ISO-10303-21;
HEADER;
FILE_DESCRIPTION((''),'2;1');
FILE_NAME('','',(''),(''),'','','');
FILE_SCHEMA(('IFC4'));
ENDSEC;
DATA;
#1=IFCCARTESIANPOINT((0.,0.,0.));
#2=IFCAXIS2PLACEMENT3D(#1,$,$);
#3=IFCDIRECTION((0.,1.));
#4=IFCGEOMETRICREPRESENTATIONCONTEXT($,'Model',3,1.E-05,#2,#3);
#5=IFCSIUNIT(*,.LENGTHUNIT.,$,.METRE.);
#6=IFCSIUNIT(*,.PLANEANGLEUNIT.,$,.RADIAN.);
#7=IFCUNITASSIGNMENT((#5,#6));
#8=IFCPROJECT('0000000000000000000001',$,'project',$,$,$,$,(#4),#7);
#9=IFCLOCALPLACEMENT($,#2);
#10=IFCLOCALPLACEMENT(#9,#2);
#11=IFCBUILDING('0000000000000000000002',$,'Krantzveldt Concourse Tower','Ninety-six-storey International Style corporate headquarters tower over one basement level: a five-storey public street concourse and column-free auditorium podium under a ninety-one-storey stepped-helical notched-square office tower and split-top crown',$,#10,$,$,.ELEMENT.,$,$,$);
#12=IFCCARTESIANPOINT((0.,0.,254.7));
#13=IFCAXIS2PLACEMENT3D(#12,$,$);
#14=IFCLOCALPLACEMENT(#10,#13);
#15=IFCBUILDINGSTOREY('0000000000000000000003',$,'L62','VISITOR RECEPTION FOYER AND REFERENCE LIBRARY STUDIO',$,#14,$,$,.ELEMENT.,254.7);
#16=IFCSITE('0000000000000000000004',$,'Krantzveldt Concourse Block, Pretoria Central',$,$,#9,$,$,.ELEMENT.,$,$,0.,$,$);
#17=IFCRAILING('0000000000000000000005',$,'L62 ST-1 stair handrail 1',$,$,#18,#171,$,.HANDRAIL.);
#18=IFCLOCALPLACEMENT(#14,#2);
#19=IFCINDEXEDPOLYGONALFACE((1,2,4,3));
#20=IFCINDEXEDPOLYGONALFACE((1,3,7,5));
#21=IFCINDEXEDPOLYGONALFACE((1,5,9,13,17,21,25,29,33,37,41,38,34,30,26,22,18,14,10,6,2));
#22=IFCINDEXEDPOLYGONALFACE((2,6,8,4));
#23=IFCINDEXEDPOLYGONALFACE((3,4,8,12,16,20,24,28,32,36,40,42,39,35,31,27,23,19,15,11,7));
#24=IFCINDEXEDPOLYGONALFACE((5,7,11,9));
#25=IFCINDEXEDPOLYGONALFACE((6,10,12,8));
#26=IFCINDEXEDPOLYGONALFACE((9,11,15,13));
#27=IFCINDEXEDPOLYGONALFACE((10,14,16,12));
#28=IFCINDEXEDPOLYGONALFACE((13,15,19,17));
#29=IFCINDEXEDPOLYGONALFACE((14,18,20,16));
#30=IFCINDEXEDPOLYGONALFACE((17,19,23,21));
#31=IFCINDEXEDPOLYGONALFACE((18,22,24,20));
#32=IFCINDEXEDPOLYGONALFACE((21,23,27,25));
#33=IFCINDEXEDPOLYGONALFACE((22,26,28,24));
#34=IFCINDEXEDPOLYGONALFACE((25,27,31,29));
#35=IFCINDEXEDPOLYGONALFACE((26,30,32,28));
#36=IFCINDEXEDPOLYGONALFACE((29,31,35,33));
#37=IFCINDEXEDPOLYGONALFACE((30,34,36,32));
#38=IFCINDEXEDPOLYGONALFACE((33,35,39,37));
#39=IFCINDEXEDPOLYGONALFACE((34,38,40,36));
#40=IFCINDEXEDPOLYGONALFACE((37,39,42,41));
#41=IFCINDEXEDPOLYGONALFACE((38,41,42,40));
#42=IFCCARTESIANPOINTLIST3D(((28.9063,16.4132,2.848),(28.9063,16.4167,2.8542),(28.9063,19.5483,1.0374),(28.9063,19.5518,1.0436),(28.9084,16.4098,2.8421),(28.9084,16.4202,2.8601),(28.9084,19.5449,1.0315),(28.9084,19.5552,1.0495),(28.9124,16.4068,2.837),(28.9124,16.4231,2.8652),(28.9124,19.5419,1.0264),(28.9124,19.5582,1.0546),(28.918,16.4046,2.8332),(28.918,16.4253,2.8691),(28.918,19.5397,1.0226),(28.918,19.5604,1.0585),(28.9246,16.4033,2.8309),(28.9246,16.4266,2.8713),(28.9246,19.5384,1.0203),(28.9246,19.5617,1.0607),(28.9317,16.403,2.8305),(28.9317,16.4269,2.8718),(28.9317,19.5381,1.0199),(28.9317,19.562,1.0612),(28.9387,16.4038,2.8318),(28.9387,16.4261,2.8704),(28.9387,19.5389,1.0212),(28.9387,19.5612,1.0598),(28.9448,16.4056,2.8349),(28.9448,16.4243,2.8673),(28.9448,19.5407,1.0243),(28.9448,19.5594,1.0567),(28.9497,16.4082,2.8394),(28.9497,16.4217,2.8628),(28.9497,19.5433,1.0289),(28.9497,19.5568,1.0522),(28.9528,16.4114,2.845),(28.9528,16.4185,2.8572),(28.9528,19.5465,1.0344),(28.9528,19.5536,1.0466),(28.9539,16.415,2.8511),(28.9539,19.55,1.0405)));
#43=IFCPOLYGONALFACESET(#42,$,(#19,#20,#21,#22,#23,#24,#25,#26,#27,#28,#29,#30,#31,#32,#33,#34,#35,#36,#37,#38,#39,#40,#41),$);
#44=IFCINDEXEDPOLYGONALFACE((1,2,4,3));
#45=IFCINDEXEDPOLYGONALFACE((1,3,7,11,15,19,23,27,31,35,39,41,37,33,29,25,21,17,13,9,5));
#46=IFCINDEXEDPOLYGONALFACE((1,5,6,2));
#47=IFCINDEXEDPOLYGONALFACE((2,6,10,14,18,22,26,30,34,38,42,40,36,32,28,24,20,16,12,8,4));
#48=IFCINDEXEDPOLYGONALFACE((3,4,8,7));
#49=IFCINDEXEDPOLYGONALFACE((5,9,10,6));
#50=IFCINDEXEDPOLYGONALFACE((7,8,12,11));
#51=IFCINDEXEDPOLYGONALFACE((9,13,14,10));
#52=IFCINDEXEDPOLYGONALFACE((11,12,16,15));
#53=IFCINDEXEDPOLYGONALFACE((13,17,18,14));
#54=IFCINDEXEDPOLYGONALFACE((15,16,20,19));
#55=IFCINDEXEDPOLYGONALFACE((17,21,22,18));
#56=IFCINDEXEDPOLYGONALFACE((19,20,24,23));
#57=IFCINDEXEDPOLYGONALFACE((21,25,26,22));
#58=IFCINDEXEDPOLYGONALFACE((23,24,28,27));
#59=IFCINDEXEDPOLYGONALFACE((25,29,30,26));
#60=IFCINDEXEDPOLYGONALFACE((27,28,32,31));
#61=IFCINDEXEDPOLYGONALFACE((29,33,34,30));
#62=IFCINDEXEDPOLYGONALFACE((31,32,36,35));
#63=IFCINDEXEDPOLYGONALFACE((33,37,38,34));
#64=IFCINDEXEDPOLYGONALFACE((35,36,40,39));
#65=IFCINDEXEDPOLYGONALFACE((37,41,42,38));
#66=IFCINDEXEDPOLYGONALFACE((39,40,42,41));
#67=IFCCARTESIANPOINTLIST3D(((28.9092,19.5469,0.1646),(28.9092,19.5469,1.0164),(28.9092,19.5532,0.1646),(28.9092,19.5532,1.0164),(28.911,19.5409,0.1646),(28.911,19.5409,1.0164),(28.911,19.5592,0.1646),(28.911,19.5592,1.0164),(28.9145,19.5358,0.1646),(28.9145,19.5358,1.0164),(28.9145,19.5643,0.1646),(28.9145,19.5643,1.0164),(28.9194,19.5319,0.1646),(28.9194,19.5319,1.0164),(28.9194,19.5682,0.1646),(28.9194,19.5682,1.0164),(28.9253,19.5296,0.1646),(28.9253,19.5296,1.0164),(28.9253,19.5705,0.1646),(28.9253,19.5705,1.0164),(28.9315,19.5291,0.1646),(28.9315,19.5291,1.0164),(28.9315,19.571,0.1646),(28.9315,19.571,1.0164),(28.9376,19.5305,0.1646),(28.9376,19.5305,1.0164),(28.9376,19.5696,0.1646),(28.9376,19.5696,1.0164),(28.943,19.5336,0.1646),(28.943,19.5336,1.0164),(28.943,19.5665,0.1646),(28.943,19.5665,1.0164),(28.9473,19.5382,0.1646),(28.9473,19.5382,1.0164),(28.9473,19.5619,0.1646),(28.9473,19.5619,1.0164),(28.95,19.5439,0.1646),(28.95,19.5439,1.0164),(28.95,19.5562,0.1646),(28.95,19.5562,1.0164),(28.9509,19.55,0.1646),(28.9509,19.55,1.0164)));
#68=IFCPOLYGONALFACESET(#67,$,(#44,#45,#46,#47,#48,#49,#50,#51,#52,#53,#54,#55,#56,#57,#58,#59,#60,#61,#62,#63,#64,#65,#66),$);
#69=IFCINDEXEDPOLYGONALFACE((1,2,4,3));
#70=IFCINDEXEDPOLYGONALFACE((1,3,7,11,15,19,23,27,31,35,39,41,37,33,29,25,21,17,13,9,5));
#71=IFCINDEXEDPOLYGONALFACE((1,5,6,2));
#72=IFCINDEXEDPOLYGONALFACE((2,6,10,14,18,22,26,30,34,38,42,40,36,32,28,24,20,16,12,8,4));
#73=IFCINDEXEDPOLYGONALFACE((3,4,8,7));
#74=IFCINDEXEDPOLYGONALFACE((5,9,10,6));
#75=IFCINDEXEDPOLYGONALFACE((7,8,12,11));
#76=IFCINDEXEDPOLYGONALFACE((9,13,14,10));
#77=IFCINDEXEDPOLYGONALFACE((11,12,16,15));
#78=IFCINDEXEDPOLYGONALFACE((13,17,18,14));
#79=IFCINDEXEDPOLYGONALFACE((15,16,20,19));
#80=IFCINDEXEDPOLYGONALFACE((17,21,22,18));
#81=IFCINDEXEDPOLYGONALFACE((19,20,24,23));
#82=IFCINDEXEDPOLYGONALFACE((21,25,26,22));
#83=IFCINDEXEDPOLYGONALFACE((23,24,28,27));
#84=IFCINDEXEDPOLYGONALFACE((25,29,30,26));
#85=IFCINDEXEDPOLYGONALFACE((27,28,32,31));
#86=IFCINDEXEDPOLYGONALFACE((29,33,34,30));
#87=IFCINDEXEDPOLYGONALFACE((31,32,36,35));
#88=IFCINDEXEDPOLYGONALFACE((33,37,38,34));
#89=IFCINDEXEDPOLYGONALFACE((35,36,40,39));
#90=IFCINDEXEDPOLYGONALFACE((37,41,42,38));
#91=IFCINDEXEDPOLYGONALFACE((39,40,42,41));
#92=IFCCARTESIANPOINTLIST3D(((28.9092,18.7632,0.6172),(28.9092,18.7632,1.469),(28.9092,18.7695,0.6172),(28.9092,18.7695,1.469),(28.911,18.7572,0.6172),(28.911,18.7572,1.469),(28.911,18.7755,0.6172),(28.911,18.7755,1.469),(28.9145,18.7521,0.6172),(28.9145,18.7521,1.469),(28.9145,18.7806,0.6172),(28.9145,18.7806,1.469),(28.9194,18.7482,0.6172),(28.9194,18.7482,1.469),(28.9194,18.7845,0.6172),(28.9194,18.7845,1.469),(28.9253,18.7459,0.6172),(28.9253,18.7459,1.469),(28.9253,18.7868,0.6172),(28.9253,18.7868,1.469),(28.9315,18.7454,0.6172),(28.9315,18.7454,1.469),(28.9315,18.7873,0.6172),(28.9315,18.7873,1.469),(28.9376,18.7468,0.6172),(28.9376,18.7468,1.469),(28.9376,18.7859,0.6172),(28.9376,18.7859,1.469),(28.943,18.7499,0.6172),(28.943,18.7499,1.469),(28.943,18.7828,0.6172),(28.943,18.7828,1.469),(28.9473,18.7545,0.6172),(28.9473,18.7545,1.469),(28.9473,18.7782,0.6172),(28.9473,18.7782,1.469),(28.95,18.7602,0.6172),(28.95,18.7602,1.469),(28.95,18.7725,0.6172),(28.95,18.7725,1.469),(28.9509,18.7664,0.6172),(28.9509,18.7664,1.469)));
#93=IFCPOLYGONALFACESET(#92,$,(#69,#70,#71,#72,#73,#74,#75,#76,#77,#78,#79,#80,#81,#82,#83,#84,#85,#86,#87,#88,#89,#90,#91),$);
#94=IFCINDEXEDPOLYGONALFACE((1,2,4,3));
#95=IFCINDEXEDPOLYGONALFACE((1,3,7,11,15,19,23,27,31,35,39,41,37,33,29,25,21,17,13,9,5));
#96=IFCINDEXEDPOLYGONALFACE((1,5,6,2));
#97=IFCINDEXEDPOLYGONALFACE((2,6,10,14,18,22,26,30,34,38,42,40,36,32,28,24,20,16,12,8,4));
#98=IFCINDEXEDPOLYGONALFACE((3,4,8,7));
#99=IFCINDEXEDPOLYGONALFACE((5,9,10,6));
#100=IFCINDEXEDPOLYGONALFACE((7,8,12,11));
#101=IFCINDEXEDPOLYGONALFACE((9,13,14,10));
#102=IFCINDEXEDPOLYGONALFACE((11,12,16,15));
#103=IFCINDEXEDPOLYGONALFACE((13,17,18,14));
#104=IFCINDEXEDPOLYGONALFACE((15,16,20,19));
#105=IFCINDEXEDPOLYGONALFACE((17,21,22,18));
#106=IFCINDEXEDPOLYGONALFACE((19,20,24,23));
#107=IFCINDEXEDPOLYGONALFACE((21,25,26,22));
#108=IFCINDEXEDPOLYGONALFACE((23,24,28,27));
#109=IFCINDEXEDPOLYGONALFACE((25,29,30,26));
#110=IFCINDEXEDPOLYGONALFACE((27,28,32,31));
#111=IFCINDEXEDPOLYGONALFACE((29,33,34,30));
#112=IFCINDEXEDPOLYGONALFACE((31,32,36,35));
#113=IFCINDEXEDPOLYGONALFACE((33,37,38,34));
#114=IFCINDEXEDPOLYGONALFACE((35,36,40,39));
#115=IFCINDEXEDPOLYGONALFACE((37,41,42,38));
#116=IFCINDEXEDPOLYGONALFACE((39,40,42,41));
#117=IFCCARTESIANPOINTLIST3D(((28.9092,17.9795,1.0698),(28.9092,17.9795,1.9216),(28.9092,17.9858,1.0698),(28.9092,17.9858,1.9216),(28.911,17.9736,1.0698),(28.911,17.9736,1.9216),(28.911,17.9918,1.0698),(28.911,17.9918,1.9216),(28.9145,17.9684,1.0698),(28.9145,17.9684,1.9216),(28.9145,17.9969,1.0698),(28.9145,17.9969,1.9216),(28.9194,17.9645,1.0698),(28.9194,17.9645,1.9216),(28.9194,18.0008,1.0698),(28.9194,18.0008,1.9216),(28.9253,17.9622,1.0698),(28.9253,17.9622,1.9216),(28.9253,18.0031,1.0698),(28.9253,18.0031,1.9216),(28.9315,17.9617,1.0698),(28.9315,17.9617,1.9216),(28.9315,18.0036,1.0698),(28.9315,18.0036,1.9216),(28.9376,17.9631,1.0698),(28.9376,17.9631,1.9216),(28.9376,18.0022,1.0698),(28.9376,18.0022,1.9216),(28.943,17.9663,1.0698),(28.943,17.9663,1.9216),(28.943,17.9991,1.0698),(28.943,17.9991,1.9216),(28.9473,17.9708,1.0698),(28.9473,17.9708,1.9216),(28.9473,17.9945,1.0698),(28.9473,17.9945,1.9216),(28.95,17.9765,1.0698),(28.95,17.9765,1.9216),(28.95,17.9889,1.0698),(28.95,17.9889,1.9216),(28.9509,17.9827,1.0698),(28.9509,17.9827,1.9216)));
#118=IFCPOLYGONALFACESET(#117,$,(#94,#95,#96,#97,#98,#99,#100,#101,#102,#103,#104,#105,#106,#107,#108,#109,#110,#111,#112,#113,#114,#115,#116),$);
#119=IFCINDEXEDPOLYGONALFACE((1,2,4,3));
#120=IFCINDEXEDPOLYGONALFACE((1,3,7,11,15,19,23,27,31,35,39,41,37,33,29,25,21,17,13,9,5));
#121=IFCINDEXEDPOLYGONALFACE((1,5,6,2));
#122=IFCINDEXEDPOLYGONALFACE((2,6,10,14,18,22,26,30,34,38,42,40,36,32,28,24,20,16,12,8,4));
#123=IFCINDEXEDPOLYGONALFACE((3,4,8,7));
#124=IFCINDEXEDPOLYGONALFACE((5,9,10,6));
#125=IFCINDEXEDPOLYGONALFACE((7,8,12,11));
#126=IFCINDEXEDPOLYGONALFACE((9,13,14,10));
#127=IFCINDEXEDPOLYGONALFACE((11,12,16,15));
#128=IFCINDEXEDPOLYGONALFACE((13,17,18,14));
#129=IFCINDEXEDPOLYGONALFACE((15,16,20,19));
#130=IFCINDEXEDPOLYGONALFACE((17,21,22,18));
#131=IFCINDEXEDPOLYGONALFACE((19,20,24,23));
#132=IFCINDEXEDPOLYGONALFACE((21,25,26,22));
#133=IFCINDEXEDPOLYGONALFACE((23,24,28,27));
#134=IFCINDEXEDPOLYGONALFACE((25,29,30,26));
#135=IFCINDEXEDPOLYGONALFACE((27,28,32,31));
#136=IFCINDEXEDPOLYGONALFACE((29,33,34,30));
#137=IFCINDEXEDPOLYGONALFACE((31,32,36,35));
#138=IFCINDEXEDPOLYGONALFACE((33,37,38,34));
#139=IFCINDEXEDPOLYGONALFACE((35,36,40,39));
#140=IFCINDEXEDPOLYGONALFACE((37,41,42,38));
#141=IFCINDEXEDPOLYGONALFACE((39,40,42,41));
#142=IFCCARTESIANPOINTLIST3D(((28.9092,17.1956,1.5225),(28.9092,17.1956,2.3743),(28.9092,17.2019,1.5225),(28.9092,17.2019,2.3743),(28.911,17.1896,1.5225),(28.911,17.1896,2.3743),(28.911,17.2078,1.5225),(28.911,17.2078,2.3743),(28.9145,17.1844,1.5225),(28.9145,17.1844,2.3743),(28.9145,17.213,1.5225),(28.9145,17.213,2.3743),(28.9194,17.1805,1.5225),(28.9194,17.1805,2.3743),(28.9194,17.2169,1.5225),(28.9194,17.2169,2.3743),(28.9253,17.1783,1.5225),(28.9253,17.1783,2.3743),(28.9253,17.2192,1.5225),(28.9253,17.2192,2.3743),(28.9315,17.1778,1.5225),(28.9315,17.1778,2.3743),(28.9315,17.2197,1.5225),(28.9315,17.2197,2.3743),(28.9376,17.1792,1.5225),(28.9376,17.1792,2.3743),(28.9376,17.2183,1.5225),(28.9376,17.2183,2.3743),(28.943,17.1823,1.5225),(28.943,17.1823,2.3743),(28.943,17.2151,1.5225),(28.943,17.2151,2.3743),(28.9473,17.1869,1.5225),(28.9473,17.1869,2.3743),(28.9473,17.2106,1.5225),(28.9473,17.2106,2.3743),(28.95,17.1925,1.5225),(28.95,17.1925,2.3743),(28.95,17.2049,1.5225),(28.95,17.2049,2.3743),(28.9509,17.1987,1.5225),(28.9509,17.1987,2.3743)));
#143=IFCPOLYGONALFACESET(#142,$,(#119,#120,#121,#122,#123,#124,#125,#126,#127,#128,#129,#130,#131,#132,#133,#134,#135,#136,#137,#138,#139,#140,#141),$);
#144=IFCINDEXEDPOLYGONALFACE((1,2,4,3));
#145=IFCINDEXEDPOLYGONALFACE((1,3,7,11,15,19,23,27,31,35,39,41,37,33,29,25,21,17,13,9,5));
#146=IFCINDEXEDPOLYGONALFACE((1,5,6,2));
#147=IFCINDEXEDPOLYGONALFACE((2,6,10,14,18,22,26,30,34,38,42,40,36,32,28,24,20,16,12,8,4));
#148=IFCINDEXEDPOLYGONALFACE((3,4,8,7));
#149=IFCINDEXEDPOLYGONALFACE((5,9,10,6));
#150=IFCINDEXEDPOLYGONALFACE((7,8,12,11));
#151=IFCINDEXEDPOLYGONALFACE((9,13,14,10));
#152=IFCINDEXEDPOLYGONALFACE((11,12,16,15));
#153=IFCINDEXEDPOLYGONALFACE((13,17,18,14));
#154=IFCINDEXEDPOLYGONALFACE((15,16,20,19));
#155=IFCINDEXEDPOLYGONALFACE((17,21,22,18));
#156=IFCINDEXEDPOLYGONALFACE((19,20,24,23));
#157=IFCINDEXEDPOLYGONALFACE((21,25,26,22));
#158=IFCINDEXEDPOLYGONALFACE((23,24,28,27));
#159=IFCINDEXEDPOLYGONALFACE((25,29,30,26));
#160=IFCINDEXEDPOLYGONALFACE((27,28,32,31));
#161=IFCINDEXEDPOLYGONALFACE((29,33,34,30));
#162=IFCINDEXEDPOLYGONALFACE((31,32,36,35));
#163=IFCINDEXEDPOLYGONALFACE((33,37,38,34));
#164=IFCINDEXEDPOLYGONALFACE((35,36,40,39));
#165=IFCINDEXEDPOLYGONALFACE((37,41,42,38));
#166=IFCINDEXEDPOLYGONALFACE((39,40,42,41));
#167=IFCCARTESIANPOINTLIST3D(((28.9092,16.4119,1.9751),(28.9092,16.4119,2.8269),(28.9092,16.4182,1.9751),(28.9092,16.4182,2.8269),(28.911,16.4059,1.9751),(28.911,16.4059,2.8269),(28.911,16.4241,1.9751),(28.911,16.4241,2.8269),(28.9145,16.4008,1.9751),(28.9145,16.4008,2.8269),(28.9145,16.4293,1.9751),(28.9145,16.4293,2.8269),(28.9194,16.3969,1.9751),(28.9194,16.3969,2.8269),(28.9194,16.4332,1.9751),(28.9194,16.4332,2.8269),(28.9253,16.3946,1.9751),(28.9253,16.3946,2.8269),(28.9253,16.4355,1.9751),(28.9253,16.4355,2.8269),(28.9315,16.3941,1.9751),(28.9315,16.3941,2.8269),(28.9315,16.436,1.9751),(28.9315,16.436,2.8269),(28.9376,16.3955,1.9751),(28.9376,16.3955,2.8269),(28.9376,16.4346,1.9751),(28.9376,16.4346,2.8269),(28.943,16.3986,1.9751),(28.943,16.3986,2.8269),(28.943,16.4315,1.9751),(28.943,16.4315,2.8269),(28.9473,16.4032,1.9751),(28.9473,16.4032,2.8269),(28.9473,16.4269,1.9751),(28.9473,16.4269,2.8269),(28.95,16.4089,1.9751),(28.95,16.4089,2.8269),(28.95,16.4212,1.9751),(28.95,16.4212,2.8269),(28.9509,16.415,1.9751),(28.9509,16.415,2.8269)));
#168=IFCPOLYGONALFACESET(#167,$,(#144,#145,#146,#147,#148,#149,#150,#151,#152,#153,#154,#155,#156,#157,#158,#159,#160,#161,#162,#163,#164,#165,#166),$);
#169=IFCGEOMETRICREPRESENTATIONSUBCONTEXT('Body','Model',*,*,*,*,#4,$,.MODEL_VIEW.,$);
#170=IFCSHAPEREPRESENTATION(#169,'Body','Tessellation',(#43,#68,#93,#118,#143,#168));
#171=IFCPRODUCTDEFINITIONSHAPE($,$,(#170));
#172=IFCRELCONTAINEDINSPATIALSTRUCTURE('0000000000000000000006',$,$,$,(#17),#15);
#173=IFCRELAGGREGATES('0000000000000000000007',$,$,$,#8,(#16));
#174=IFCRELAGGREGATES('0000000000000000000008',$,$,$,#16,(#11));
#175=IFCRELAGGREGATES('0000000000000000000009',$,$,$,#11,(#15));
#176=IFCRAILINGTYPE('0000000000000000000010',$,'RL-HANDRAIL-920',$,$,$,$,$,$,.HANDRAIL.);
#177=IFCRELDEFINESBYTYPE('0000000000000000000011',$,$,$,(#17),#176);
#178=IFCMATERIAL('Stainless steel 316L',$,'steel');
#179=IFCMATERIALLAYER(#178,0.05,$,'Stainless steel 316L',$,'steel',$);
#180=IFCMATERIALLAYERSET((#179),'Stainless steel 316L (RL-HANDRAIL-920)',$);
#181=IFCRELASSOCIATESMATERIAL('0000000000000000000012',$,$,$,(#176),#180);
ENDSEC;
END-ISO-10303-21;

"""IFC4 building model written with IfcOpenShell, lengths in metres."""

from ifc_helpers import new_model, si_unit, direction, frame, origin, origin_2d, place, context, subcontext, project, spatial, circle, extrude, material, layer, layer_set, type_object, element, save


model = new_model("IFC4")

# Units and contexts
model_context = context("Model", 3, precision=1e-05, world=origin(), true_north=direction((0.0, 1.0)))
body_context = subcontext(model_context, "Body", "Model", "MODEL_VIEW")
ifc_project = project(units=[si_unit("LENGTHUNIT", "METRE"), si_unit("PLANEANGLEUNIT", "RADIAN")], contexts=[model_context])

# Site, building, storey
site_placement = place(None, origin())
site = spatial("IfcSite", under=ifc_project, at=site_placement, Name="Krantzveldt Concourse Block, Pretoria Central", CompositionType="ELEMENT", RefElevation=0.0)
building_placement = place(site_placement, origin())
building = spatial("IfcBuilding", under=site, at=building_placement, Name="Krantzveldt Concourse Tower", Description="Ninety-six-storey International Style corporate headquarters tower over one basement level: a five-storey public street concourse and column-free auditorium podium under a ninety-one-storey stepped-helical notched-square office tower and split-top crown", CompositionType="ELEMENT")
storey_placement = place(building_placement, frame((0.0, 0.0, 254.7)))
storey = spatial("IfcBuildingStorey", under=building, at=storey_placement, Name="L62", Description="VISITOR RECEPTION FOYER AND REFERENCE LIBRARY STUDIO", CompositionType="ELEMENT", Elevation=254.7)

# Railing
ifc_material_1 = material(Name="Stainless steel 316L", Category="steel")
ifc_layer_1 = layer(ifc_material_1, 0.05, Name="Stainless steel 316L", Category="steel")
ifc_layer_set_1 = layer_set([ifc_layer_1], Name="Stainless steel 316L (RL-HANDRAIL-920)")
railing_type_1 = type_object("IfcRailingType", Name="RL-HANDRAIL-920", PredefinedType="HANDRAIL", material=ifc_layer_set_1)
railing_1_placement = place(storey_placement, frame((28.9299, 19.55, 0.1646)))
element("IfcRailing", 1, at=railing_1_placement, inside=storey, type_object=railing_type_1, Name="L62 ST-1 stair handrail 1", PredefinedType="HANDRAIL", context=body_context, shape_type="SweptSolid", body=[
    extrude(circle(Radius=0.0239, at=origin_2d()), frame((0.0, 0.0, 0.876), z_axis=(0.0, -0.86596, 0.500114), x_axis=(1.0, 0.0, 0.0)), (0.0, 0.0, 1.0), 3.6204),
    extrude(circle(Radius=0.021, at=origin_2d()), origin(), (0.0, 0.0, 1.0), 0.8518),
    extrude(circle(Radius=0.021, at=origin_2d()), frame((0.0, -0.7837, 0.4526)), (0.0, 0.0, 1.0), 0.8518),
    extrude(circle(Radius=0.021, at=origin_2d()), frame((0.0, -1.5674, 0.9053)), (0.0, 0.0, 1.0), 0.8518),
    extrude(circle(Radius=0.021, at=origin_2d()), frame((0.0, -2.3513, 1.3579)), (0.0, 0.0, 1.0), 0.8518),
    extrude(circle(Radius=0.021, at=origin_2d()), frame((0.0, -3.135, 1.8105)), (0.0, 0.0, 1.0), 0.8518),
])

save(model, "model.ifc")
